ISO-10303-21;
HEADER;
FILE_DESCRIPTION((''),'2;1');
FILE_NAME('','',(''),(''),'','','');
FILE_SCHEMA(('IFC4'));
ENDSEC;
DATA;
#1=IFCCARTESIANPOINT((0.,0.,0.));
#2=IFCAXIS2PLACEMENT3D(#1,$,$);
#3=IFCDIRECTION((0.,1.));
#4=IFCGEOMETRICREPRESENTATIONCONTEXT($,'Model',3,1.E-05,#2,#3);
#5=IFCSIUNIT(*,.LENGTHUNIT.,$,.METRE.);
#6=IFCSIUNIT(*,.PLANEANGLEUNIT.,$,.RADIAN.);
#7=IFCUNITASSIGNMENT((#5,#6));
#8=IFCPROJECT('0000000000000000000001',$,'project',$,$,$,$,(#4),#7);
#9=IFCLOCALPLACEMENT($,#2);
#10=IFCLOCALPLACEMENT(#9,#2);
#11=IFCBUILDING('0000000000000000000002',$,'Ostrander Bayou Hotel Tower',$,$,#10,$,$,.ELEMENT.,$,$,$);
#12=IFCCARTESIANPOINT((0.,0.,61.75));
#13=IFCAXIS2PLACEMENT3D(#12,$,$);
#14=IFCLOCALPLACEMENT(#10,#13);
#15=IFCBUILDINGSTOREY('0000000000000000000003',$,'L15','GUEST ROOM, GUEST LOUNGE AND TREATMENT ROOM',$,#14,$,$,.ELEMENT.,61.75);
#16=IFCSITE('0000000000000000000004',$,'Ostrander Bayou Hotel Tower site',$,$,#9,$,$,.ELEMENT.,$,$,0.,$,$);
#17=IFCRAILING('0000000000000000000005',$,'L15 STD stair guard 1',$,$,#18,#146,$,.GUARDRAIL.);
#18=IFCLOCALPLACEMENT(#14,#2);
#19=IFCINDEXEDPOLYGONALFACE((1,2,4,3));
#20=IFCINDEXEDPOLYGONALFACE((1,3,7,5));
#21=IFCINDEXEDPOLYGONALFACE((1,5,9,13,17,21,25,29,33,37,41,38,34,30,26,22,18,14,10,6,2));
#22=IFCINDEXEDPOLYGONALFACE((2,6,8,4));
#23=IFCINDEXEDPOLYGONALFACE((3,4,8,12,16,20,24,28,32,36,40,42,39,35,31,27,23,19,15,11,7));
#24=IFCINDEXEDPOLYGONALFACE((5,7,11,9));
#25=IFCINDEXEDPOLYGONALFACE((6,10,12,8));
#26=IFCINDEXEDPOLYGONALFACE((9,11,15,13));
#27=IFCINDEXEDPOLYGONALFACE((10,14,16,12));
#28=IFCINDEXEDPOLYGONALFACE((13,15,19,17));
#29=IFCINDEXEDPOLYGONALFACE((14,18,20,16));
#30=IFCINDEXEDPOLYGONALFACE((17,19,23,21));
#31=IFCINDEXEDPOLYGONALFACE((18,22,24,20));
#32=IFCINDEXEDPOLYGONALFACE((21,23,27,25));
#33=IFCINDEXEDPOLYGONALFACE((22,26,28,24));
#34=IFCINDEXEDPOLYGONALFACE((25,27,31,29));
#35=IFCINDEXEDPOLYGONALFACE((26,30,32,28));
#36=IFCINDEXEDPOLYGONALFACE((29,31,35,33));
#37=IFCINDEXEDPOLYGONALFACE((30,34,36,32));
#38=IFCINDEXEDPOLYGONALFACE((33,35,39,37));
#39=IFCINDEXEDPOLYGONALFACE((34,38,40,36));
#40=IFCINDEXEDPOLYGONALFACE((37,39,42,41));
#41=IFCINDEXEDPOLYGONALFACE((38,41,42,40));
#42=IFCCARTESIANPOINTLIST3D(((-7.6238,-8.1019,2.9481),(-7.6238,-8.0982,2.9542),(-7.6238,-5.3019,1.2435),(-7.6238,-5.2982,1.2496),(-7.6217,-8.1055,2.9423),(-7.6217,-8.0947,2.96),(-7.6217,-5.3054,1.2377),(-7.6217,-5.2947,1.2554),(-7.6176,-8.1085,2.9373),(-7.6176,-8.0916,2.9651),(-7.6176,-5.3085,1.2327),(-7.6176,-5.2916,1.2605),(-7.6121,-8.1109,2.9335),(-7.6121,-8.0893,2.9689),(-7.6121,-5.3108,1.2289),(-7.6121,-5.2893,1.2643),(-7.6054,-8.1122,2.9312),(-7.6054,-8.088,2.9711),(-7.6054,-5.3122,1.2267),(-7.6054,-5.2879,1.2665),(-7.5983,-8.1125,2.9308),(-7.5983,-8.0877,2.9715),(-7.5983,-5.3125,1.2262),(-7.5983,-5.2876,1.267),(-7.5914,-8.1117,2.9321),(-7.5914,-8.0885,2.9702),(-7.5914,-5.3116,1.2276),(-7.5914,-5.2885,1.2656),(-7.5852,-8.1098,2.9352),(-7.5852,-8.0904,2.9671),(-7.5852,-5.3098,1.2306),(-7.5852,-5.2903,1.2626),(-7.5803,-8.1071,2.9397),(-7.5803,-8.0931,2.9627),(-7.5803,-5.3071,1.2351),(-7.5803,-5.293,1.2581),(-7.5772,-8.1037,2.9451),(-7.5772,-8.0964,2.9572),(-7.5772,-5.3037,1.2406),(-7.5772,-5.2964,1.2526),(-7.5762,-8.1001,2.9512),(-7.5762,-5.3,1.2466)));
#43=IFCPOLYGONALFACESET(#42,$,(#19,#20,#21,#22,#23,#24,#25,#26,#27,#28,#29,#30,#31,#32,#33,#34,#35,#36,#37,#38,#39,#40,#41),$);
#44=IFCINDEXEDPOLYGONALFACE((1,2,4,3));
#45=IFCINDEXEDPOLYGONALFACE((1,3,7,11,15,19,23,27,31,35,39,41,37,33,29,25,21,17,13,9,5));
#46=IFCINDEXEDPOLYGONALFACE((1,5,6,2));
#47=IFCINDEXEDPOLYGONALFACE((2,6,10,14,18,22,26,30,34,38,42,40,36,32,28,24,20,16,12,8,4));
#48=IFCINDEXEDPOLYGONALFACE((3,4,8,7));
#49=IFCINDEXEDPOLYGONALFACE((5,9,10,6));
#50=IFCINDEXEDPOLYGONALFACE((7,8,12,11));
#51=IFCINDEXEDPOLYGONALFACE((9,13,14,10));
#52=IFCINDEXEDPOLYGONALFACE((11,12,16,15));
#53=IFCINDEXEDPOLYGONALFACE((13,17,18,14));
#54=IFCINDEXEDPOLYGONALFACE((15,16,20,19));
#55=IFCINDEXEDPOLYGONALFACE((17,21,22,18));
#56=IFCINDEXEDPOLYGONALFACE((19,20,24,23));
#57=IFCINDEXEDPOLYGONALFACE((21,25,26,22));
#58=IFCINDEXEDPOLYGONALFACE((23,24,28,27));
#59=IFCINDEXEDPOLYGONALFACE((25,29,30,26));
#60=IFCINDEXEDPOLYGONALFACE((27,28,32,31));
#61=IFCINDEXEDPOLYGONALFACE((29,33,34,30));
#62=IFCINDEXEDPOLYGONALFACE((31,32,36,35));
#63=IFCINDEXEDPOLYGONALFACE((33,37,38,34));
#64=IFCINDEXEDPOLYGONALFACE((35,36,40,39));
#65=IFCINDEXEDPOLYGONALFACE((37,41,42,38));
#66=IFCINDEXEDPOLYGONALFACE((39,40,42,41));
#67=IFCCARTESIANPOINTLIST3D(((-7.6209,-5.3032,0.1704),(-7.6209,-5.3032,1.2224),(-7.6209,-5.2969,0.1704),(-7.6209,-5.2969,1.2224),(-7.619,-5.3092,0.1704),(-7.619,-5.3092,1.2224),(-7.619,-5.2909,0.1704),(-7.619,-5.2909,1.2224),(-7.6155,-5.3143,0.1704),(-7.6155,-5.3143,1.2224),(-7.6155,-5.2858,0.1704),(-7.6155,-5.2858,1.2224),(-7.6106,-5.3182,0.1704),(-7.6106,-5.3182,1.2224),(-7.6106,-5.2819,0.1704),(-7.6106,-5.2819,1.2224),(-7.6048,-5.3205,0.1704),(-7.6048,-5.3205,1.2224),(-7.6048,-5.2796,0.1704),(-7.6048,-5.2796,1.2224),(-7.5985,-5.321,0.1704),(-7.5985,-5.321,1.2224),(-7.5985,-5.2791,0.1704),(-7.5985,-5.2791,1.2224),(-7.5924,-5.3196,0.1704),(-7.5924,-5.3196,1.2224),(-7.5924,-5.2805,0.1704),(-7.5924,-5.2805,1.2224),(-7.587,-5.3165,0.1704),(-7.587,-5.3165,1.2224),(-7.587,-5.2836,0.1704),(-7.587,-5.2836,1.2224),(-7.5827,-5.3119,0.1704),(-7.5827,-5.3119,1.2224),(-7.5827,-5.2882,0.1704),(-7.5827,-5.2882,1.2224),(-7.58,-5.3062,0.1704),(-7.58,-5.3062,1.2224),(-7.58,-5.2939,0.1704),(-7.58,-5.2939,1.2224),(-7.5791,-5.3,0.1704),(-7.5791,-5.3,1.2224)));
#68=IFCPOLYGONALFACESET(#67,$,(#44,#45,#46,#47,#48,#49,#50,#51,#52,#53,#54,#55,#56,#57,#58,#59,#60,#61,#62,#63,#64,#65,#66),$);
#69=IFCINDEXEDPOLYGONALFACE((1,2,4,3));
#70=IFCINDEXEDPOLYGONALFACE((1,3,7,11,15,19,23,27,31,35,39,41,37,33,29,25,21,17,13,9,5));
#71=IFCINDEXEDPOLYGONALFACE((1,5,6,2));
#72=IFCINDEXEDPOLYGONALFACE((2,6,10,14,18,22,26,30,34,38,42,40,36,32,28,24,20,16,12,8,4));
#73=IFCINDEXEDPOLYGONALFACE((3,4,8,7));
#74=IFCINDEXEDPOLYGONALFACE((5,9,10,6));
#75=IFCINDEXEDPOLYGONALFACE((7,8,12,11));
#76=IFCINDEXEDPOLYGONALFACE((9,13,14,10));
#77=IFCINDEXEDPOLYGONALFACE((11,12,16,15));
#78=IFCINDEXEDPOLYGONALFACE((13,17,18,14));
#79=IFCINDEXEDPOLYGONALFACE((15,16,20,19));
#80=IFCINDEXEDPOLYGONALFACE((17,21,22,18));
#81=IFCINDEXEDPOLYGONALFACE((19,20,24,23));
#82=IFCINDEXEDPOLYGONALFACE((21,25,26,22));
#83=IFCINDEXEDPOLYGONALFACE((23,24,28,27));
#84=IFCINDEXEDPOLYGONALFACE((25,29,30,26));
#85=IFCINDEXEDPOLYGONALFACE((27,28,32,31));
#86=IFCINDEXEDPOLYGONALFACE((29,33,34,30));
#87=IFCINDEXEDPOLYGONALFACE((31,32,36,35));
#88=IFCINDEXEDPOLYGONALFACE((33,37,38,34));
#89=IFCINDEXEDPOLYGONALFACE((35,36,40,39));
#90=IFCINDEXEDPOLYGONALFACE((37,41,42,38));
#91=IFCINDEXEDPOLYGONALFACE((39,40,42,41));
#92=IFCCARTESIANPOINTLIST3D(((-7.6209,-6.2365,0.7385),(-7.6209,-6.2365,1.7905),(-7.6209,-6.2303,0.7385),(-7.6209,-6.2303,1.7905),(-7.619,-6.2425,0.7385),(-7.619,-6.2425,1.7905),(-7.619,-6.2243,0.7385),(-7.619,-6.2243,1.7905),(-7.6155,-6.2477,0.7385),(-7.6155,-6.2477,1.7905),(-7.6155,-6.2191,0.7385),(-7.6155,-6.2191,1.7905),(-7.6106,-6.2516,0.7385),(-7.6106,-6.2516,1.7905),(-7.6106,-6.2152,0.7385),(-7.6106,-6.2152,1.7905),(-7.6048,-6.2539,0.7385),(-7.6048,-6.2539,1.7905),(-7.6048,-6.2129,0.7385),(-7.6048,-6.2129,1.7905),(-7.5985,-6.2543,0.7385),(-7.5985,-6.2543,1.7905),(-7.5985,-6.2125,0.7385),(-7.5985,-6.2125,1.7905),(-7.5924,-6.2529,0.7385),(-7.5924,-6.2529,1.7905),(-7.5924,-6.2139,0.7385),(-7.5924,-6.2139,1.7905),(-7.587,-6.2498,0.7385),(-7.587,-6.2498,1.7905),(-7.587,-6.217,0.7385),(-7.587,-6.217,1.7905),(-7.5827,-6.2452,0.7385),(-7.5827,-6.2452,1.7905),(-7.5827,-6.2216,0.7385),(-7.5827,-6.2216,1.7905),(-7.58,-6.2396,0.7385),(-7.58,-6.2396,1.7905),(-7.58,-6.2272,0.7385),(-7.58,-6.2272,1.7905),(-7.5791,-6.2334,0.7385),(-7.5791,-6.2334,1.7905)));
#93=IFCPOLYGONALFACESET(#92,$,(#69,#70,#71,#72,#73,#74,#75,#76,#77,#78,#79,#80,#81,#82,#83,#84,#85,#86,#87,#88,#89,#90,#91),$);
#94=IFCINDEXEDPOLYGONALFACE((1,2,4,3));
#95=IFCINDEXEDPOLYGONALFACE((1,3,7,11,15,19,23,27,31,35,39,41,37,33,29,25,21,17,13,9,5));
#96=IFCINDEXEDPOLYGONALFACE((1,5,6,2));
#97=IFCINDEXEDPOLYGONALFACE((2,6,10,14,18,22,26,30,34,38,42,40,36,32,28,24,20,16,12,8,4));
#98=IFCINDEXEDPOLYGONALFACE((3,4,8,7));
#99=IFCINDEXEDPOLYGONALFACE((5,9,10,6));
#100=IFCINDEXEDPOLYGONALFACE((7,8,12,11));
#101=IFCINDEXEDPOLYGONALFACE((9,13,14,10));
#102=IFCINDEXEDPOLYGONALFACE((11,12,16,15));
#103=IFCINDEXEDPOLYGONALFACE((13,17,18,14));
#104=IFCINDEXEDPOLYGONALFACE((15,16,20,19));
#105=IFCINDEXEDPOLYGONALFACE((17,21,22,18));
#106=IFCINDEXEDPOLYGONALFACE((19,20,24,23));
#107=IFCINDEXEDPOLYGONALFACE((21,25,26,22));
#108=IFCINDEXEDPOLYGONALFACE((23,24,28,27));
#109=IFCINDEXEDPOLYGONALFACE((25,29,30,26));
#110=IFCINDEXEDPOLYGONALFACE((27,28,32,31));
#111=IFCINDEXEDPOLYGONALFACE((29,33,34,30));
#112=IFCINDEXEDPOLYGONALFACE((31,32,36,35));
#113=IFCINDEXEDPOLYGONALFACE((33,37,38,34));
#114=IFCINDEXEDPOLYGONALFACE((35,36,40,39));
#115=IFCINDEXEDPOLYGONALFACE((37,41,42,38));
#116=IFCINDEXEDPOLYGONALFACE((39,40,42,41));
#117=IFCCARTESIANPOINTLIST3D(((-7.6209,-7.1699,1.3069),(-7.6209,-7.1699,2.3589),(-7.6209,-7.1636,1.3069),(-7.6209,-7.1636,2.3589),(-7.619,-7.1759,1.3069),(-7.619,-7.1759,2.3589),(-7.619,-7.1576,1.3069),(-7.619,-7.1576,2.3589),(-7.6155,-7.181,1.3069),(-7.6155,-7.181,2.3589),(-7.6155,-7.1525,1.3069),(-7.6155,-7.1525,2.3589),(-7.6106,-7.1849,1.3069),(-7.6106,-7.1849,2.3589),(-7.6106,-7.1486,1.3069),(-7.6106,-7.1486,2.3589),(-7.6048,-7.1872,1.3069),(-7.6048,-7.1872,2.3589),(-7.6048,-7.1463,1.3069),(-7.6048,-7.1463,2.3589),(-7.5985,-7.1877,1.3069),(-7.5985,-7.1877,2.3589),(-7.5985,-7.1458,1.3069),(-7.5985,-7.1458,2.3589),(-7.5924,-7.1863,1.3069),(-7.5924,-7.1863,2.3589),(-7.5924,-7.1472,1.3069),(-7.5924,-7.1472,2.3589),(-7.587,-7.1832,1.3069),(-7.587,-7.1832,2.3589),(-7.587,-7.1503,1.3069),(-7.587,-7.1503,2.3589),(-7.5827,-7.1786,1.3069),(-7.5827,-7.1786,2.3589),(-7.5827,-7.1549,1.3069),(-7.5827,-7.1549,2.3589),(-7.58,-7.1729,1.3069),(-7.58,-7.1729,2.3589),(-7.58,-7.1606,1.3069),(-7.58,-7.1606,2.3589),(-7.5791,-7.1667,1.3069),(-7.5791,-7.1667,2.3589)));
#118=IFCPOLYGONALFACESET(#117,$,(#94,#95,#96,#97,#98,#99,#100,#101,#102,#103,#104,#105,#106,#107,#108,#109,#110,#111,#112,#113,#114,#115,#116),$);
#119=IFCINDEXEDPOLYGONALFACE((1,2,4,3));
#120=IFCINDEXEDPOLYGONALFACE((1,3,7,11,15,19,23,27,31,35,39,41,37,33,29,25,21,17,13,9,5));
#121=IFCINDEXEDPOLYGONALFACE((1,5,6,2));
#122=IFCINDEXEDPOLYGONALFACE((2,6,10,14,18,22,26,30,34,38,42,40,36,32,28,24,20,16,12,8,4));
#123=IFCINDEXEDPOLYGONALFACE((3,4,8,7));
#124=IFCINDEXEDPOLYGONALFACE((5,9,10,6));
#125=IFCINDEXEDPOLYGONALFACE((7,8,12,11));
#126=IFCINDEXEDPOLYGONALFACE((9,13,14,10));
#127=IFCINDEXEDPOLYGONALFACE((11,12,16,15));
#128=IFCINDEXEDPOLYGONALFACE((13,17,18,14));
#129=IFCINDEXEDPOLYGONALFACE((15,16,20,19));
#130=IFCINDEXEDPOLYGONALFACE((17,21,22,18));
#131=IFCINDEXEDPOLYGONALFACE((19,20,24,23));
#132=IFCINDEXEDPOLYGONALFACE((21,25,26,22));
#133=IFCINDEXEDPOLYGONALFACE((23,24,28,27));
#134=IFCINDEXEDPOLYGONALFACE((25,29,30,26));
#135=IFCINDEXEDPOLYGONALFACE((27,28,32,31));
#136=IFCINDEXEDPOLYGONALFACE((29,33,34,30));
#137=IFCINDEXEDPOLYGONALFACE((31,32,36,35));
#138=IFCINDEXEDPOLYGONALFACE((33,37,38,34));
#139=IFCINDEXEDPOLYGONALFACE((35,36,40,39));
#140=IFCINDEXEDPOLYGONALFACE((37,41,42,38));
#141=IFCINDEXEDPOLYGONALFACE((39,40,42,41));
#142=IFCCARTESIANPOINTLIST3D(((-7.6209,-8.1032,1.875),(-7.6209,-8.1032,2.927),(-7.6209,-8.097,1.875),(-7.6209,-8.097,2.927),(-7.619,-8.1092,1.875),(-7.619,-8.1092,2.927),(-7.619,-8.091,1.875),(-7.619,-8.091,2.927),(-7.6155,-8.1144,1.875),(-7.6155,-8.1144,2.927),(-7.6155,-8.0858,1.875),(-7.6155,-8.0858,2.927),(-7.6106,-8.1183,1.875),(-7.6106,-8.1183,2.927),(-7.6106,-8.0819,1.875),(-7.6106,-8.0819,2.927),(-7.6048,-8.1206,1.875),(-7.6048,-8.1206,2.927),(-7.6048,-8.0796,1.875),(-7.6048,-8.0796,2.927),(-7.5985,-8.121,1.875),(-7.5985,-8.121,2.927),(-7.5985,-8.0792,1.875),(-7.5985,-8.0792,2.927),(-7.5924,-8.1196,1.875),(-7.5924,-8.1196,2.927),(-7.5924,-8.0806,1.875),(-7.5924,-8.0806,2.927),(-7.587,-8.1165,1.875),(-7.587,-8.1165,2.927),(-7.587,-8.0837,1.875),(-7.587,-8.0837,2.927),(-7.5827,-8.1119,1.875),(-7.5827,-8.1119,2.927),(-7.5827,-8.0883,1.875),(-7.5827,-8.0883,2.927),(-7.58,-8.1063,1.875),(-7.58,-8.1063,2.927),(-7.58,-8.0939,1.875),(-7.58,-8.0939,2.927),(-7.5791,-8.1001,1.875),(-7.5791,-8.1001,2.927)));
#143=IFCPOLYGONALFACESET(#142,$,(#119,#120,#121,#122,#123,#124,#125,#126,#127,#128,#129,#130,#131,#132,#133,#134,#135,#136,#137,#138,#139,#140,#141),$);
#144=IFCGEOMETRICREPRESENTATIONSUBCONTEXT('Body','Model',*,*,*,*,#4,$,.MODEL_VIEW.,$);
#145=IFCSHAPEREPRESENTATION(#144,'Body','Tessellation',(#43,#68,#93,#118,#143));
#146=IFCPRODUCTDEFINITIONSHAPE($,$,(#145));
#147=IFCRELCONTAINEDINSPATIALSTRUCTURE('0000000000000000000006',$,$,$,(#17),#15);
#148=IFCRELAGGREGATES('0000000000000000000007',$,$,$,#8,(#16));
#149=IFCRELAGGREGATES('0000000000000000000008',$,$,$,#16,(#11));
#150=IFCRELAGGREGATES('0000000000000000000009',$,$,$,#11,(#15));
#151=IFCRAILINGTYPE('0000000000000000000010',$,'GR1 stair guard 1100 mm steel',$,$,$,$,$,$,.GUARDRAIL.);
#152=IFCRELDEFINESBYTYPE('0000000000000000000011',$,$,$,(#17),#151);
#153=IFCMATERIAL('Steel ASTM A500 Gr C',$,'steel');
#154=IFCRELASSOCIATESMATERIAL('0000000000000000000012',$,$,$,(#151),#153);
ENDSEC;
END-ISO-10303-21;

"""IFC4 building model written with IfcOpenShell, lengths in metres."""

from ifc_helpers import new_model, si_unit, direction, frame, origin, origin_2d, place, context, subcontext, project, spatial, circle, extrude, material, type_object, element, save


model = new_model("IFC4")

# Units and contexts
model_context = context("Model", 3, precision=1e-05, world=origin(), true_north=direction((0.0, 1.0)))
body_context = subcontext(model_context, "Body", "Model", "MODEL_VIEW")
ifc_project = project(units=[si_unit("LENGTHUNIT", "METRE"), si_unit("PLANEANGLEUNIT", "RADIAN")], contexts=[model_context])

# Site, building, storey
site_placement = place(None, origin())
site = spatial("IfcSite", under=ifc_project, at=site_placement, Name="Ostrander Bayou Hotel Tower site", CompositionType="ELEMENT", RefElevation=0.0)
building_placement = place(site_placement, origin())
building = spatial("IfcBuilding", under=site, at=building_placement, Name="Ostrander Bayou Hotel Tower", CompositionType="ELEMENT")
storey_placement = place(building_placement, frame((0.0, 0.0, 61.75)))
storey = spatial("IfcBuildingStorey", under=building, at=storey_placement, Name="L15", Description="GUEST ROOM, GUEST LOUNGE AND TREATMENT ROOM", CompositionType="ELEMENT", Elevation=61.75)

# Railing
ifc_material_1 = material(Name="Steel ASTM A500 Gr C", Category="steel")
railing_type_1 = type_object("IfcRailingType", Name="GR1 stair guard 1100 mm steel", PredefinedType="GUARDRAIL", material=ifc_material_1)
railing_1_placement = place(storey_placement, frame((-7.6001, -5.3, 0.1704)))
element("IfcRailing", 1, at=railing_1_placement, inside=storey, type_object=railing_type_1, Name="L15 STD stair guard 1", PredefinedType="GUARDRAIL", context=body_context, shape_type="SweptSolid", body=[
    extrude(circle(Radius=0.0239, at=origin_2d()), frame((0.0, 0.0, 1.0762), z_axis=(0.0, -0.85417, 0.519994), x_axis=(1.0, 0.0, 0.0)), (0.0, 0.0, 1.0), 3.2781),
    extrude(circle(Radius=0.021, at=origin_2d()), origin(), (0.0, 0.0, 1.0), 1.052),
    extrude(circle(Radius=0.021, at=origin_2d()), frame((0.0, -0.9333, 0.5681)), (0.0, 0.0, 1.0), 1.052),
    extrude(circle(Radius=0.021, at=origin_2d()), frame((0.0, -1.8667, 1.1365)), (0.0, 0.0, 1.0), 1.052),
    extrude(circle(Radius=0.021, at=origin_2d()), frame((0.0, -2.8, 1.7046)), (0.0, 0.0, 1.0), 1.052),
])

save(model, "model.ifc")
